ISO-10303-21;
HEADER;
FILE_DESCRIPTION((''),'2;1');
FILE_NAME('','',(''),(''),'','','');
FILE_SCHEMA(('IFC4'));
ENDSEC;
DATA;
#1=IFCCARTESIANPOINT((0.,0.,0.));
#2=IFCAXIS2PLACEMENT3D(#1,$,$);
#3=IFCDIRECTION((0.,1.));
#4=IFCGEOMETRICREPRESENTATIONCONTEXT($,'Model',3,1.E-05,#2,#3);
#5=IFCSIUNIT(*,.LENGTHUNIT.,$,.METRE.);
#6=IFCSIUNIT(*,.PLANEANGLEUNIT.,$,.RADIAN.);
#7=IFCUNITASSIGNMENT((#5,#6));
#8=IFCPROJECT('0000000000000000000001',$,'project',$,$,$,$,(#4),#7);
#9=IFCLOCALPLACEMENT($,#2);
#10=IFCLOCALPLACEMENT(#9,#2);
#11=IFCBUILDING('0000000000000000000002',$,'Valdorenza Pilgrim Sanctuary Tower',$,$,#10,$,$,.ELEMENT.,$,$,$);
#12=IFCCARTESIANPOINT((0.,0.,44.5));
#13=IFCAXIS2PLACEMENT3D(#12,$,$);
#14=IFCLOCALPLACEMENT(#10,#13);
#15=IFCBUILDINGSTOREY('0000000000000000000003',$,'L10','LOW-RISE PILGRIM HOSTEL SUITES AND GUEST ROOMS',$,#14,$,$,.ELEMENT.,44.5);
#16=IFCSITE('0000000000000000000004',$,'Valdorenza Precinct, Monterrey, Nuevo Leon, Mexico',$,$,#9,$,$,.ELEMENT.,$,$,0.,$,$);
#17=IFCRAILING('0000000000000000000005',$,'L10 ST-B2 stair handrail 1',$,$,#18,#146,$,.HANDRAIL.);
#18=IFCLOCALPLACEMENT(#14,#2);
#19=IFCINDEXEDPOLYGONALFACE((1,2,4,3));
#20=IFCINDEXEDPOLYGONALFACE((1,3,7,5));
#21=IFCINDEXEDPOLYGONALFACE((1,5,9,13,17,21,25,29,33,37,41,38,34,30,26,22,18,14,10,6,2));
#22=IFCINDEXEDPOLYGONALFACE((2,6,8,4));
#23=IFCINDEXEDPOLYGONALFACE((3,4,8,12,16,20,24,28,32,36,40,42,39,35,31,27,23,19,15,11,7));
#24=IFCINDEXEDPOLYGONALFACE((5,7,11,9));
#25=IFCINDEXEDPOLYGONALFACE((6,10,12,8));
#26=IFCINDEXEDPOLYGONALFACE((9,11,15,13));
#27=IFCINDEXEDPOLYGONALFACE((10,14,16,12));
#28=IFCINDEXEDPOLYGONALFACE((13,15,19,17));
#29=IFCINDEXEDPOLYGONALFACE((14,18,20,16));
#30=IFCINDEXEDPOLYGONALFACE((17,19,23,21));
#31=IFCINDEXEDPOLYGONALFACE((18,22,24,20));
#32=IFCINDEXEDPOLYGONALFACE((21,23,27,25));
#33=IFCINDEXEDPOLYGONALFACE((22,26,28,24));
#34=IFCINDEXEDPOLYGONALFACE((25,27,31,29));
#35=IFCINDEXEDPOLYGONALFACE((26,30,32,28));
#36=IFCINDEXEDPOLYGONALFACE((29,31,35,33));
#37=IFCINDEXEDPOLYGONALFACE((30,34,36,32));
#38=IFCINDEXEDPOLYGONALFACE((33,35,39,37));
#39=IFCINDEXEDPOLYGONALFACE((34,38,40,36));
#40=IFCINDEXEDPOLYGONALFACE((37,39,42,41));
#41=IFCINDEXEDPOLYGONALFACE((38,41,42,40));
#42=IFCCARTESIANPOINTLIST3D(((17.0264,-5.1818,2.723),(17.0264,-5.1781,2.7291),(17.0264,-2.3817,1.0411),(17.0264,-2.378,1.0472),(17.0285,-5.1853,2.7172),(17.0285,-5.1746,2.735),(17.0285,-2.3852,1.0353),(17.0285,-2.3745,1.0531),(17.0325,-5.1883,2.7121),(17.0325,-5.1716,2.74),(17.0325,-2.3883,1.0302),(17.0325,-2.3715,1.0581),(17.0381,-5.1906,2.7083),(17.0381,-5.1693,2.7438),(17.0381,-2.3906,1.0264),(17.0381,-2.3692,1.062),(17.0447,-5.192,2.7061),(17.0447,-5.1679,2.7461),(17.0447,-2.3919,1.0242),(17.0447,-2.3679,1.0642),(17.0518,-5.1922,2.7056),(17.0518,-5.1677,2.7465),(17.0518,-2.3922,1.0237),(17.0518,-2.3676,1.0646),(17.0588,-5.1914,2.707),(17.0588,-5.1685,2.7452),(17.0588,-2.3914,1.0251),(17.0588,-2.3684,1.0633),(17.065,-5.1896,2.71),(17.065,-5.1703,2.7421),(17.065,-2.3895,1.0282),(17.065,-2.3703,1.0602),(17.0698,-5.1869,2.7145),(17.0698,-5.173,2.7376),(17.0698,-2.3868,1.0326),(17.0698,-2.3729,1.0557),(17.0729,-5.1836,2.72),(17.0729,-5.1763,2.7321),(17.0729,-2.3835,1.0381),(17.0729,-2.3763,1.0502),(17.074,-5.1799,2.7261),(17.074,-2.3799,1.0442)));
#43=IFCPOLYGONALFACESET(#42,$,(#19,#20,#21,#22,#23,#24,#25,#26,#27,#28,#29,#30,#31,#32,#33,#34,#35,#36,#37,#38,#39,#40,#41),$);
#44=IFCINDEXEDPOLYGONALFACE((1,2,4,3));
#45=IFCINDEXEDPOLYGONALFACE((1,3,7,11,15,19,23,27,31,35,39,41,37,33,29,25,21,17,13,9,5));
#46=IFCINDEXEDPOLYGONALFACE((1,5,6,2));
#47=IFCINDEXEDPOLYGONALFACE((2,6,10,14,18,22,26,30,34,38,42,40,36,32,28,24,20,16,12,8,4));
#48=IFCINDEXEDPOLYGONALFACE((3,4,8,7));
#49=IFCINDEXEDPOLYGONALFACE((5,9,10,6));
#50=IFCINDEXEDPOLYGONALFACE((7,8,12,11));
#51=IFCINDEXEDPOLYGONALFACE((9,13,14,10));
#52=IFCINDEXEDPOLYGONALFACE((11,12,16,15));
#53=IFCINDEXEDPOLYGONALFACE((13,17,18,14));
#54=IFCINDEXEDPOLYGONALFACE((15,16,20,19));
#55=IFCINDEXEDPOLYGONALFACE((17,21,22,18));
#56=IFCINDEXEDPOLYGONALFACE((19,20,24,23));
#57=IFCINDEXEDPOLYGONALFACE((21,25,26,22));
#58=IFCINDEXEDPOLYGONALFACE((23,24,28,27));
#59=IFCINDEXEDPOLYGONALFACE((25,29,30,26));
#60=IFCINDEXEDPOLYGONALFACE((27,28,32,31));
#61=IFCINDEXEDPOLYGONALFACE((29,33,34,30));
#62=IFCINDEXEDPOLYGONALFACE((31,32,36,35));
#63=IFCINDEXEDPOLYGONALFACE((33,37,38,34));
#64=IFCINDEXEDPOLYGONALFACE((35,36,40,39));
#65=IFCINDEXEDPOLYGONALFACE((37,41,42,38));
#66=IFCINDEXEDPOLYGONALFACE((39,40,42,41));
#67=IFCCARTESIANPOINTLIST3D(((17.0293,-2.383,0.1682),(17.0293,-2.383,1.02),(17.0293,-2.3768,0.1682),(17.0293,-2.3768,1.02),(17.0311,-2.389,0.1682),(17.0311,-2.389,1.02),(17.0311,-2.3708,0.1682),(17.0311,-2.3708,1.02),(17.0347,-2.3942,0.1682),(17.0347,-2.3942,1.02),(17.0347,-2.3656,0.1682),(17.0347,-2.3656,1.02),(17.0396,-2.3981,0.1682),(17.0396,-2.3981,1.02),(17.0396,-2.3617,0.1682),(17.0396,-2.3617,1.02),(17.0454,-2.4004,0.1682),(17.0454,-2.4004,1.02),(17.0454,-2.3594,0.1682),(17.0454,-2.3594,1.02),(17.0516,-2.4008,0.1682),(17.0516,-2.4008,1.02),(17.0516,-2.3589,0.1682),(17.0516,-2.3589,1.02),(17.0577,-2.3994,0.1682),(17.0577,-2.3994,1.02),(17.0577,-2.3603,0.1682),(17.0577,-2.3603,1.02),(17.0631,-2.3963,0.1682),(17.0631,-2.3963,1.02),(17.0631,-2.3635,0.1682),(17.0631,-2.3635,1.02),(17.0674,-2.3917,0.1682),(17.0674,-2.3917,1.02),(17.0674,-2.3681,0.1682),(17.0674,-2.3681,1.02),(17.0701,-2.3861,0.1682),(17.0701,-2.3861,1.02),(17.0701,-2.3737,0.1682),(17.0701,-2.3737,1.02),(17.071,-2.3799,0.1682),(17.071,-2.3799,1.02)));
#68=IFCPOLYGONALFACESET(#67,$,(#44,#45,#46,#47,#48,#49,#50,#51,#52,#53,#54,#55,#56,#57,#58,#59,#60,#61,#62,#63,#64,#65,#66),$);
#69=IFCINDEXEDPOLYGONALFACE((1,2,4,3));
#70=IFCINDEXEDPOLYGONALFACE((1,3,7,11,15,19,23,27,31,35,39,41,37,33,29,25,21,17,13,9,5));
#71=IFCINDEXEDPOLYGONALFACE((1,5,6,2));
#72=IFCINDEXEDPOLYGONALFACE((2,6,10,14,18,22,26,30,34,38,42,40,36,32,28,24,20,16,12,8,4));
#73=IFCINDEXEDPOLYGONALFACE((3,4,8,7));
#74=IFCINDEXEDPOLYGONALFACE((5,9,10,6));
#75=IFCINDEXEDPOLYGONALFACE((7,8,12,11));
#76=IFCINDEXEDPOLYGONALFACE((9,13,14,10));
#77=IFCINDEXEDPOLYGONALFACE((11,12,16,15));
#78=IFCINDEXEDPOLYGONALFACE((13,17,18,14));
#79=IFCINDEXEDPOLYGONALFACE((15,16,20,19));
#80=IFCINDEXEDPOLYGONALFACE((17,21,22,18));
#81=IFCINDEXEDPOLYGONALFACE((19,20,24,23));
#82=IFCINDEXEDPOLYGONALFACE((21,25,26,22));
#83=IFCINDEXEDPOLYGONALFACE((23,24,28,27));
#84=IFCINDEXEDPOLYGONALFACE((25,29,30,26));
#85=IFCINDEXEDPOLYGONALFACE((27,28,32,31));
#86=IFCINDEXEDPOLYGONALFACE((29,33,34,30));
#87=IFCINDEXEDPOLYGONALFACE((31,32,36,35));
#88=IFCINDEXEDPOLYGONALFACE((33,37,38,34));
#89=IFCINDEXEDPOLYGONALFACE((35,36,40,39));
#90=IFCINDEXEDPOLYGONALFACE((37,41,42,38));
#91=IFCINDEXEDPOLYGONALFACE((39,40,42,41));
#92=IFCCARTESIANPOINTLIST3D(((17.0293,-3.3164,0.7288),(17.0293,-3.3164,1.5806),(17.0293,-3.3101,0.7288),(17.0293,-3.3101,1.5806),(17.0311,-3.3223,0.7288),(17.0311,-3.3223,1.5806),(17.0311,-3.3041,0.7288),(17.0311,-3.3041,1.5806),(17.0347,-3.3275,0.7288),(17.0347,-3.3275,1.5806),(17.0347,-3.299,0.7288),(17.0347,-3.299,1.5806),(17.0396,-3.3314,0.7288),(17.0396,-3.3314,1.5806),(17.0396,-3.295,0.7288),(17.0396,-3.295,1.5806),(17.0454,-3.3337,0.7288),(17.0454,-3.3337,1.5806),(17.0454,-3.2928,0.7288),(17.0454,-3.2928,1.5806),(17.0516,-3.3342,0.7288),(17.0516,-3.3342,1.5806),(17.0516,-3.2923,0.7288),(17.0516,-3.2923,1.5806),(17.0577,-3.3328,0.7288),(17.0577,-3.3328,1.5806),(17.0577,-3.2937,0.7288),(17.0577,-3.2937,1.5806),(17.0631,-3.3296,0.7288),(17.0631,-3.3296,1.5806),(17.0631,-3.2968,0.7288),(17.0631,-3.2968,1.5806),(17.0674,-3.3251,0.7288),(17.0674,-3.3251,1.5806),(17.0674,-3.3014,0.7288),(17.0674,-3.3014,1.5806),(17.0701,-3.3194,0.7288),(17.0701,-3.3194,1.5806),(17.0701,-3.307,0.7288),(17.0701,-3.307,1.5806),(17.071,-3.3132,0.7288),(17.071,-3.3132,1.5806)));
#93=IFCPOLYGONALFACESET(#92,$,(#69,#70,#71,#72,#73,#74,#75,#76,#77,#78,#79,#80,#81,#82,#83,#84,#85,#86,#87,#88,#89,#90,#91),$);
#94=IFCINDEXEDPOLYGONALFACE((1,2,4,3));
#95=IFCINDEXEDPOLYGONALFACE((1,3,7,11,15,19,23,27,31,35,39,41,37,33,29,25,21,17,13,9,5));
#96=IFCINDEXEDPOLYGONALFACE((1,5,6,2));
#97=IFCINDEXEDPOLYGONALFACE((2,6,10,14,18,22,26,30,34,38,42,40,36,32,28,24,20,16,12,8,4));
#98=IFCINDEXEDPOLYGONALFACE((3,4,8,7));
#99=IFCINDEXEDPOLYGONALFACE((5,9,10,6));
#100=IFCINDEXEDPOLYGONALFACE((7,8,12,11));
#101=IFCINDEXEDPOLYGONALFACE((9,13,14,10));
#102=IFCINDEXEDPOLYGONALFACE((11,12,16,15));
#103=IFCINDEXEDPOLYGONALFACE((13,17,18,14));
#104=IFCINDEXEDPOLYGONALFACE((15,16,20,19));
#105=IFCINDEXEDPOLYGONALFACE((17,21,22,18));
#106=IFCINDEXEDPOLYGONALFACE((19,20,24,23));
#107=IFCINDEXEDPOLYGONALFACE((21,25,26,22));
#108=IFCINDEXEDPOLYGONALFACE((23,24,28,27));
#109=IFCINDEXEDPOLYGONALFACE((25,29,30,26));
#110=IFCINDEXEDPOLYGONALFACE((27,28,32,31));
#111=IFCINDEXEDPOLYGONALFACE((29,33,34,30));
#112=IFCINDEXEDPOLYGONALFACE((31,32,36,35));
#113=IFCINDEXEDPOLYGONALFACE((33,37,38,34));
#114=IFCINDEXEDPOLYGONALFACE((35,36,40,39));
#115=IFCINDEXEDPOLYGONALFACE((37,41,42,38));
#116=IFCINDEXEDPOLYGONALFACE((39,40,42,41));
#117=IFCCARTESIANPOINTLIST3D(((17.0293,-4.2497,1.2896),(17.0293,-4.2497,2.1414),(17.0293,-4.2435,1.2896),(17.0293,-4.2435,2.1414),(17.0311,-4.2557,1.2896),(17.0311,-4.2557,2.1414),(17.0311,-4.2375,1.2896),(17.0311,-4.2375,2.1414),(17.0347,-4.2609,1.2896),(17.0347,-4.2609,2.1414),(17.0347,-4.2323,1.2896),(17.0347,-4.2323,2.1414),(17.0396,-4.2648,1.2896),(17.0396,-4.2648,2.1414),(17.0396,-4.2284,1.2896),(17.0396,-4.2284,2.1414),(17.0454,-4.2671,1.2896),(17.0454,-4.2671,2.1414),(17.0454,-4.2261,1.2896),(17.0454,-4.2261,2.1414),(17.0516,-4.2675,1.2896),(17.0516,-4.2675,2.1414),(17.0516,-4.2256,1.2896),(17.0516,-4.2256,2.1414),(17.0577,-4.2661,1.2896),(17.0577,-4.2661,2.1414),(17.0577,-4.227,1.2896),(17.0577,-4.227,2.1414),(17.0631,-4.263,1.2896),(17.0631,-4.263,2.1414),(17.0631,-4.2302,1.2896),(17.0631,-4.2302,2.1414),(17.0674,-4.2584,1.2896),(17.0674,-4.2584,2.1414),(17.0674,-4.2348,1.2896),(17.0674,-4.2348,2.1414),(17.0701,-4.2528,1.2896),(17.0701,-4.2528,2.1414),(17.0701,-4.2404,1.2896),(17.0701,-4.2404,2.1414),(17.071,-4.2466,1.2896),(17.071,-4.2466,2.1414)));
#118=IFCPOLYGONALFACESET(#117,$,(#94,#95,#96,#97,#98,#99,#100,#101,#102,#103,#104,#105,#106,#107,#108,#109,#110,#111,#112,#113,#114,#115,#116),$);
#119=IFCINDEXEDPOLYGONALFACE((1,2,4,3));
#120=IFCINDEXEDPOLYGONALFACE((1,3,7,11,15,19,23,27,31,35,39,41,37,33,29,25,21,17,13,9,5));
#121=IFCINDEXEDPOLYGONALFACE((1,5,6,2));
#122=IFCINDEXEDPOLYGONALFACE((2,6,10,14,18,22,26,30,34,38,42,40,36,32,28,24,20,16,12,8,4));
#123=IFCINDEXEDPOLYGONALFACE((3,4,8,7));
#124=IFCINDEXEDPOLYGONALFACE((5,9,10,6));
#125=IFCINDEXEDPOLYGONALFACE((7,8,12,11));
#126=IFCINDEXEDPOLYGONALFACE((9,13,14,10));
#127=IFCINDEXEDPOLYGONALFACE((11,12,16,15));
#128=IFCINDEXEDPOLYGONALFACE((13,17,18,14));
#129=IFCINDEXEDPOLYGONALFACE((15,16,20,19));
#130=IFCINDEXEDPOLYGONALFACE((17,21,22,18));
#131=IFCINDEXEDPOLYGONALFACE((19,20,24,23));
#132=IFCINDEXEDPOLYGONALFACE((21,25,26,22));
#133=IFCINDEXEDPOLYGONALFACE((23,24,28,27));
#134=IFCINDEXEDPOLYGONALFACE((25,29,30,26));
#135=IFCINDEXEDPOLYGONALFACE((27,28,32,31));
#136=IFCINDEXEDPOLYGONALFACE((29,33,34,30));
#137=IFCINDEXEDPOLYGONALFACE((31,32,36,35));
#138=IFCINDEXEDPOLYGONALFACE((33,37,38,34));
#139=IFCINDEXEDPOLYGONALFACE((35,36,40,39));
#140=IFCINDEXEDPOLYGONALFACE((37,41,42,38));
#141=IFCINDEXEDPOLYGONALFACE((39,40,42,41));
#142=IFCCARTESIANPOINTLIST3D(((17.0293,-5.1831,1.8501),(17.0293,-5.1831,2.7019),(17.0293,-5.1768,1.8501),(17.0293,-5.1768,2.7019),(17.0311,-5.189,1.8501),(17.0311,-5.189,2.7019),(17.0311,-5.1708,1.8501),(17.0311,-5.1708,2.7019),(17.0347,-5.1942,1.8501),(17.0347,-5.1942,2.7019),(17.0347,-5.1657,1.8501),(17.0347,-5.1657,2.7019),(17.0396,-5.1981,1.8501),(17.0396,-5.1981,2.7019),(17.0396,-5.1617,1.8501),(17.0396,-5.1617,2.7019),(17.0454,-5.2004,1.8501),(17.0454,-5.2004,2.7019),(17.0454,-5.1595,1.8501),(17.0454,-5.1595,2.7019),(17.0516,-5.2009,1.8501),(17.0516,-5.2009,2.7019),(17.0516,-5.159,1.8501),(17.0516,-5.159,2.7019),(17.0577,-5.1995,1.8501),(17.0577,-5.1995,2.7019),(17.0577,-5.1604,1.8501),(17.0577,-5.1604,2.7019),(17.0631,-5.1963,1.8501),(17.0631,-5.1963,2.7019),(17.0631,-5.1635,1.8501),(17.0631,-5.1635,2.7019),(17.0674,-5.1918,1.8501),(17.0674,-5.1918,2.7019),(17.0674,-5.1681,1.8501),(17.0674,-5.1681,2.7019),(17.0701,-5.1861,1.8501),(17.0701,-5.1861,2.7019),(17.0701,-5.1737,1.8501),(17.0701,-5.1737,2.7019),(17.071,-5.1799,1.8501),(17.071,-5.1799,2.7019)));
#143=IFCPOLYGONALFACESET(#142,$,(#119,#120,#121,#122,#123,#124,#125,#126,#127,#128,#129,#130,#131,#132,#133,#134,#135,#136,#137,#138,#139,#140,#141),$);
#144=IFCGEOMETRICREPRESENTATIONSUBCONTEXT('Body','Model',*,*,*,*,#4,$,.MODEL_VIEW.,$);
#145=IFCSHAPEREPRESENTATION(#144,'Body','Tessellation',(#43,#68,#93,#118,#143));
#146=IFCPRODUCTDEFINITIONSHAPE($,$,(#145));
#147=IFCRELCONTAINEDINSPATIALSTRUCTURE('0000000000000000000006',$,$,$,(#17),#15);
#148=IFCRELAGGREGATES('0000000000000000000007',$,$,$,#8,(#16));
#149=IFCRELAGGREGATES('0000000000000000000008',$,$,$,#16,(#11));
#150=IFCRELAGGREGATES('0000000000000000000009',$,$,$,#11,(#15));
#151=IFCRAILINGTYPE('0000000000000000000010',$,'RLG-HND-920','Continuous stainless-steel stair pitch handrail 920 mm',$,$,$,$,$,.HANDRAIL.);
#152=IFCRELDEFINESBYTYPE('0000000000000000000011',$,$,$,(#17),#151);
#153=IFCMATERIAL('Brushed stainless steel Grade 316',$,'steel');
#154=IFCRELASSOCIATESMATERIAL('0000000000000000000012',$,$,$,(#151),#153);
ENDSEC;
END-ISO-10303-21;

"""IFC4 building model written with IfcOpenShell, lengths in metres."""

from ifc_helpers import new_model, si_unit, direction, frame, origin, origin_2d, place, context, subcontext, project, spatial, circle, extrude, material, type_object, element, save


model = new_model("IFC4")

# Units and contexts
model_context = context("Model", 3, precision=1e-05, world=origin(), true_north=direction((0.0, 1.0)))
body_context = subcontext(model_context, "Body", "Model", "MODEL_VIEW")
ifc_project = project(units=[si_unit("LENGTHUNIT", "METRE"), si_unit("PLANEANGLEUNIT", "RADIAN")], contexts=[model_context])

# Site, building, storey
site_placement = place(None, origin())
site = spatial("IfcSite", under=ifc_project, at=site_placement, Name="Valdorenza Precinct, Monterrey, Nuevo Leon, Mexico", CompositionType="ELEMENT", RefElevation=0.0)
building_placement = place(site_placement, origin())
building = spatial("IfcBuilding", under=site, at=building_placement, Name="Valdorenza Pilgrim Sanctuary Tower", CompositionType="ELEMENT")
storey_placement = place(building_placement, frame((0.0, 0.0, 44.5)))
storey = spatial("IfcBuildingStorey", under=building, at=storey_placement, Name="L10", Description="LOW-RISE PILGRIM HOSTEL SUITES AND GUEST ROOMS", CompositionType="ELEMENT", Elevation=44.5)

# Shared definitions
ifc_material_1 = material(Name="Brushed stainless steel Grade 316", Category="steel")

# Railing
railing_type_1 = type_object("IfcRailingType", Name="RLG-HND-920", Description="Continuous stainless-steel stair pitch handrail 920 mm", PredefinedType="HANDRAIL", material=ifc_material_1)
railing_1_placement = place(storey_placement, frame((17.05, -2.3799, 0.1682)))
element("IfcRailing", 1, at=railing_1_placement, inside=storey, type_object=railing_type_1, Name="L10 ST-B2 stair handrail 1", PredefinedType="HANDRAIL", context=body_context, shape_type="SweptSolid", body=[
    extrude(circle(Radius=0.0239, at=origin_2d()), frame((0.0, 0.0, 0.876), z_axis=(0.0, -0.857242, 0.514913), x_axis=(1.0, 0.0, 0.0)), (0.0, 0.0, 1.0), 3.2664),
    extrude(circle(Radius=0.021, at=origin_2d()), origin(), (0.0, 0.0, 1.0), 0.8518),
    extrude(circle(Radius=0.021, at=origin_2d()), frame((0.0, -0.9333, 0.5605)), (0.0, 0.0, 1.0), 0.8518),
    extrude(circle(Radius=0.021, at=origin_2d()), frame((0.0, -1.8667, 1.1213)), (0.0, 0.0, 1.0), 0.8518),
    extrude(circle(Radius=0.021, at=origin_2d()), frame((0.0, -2.8, 1.6819)), (0.0, 0.0, 1.0), 0.8518),
])

save(model, "model.ifc")
